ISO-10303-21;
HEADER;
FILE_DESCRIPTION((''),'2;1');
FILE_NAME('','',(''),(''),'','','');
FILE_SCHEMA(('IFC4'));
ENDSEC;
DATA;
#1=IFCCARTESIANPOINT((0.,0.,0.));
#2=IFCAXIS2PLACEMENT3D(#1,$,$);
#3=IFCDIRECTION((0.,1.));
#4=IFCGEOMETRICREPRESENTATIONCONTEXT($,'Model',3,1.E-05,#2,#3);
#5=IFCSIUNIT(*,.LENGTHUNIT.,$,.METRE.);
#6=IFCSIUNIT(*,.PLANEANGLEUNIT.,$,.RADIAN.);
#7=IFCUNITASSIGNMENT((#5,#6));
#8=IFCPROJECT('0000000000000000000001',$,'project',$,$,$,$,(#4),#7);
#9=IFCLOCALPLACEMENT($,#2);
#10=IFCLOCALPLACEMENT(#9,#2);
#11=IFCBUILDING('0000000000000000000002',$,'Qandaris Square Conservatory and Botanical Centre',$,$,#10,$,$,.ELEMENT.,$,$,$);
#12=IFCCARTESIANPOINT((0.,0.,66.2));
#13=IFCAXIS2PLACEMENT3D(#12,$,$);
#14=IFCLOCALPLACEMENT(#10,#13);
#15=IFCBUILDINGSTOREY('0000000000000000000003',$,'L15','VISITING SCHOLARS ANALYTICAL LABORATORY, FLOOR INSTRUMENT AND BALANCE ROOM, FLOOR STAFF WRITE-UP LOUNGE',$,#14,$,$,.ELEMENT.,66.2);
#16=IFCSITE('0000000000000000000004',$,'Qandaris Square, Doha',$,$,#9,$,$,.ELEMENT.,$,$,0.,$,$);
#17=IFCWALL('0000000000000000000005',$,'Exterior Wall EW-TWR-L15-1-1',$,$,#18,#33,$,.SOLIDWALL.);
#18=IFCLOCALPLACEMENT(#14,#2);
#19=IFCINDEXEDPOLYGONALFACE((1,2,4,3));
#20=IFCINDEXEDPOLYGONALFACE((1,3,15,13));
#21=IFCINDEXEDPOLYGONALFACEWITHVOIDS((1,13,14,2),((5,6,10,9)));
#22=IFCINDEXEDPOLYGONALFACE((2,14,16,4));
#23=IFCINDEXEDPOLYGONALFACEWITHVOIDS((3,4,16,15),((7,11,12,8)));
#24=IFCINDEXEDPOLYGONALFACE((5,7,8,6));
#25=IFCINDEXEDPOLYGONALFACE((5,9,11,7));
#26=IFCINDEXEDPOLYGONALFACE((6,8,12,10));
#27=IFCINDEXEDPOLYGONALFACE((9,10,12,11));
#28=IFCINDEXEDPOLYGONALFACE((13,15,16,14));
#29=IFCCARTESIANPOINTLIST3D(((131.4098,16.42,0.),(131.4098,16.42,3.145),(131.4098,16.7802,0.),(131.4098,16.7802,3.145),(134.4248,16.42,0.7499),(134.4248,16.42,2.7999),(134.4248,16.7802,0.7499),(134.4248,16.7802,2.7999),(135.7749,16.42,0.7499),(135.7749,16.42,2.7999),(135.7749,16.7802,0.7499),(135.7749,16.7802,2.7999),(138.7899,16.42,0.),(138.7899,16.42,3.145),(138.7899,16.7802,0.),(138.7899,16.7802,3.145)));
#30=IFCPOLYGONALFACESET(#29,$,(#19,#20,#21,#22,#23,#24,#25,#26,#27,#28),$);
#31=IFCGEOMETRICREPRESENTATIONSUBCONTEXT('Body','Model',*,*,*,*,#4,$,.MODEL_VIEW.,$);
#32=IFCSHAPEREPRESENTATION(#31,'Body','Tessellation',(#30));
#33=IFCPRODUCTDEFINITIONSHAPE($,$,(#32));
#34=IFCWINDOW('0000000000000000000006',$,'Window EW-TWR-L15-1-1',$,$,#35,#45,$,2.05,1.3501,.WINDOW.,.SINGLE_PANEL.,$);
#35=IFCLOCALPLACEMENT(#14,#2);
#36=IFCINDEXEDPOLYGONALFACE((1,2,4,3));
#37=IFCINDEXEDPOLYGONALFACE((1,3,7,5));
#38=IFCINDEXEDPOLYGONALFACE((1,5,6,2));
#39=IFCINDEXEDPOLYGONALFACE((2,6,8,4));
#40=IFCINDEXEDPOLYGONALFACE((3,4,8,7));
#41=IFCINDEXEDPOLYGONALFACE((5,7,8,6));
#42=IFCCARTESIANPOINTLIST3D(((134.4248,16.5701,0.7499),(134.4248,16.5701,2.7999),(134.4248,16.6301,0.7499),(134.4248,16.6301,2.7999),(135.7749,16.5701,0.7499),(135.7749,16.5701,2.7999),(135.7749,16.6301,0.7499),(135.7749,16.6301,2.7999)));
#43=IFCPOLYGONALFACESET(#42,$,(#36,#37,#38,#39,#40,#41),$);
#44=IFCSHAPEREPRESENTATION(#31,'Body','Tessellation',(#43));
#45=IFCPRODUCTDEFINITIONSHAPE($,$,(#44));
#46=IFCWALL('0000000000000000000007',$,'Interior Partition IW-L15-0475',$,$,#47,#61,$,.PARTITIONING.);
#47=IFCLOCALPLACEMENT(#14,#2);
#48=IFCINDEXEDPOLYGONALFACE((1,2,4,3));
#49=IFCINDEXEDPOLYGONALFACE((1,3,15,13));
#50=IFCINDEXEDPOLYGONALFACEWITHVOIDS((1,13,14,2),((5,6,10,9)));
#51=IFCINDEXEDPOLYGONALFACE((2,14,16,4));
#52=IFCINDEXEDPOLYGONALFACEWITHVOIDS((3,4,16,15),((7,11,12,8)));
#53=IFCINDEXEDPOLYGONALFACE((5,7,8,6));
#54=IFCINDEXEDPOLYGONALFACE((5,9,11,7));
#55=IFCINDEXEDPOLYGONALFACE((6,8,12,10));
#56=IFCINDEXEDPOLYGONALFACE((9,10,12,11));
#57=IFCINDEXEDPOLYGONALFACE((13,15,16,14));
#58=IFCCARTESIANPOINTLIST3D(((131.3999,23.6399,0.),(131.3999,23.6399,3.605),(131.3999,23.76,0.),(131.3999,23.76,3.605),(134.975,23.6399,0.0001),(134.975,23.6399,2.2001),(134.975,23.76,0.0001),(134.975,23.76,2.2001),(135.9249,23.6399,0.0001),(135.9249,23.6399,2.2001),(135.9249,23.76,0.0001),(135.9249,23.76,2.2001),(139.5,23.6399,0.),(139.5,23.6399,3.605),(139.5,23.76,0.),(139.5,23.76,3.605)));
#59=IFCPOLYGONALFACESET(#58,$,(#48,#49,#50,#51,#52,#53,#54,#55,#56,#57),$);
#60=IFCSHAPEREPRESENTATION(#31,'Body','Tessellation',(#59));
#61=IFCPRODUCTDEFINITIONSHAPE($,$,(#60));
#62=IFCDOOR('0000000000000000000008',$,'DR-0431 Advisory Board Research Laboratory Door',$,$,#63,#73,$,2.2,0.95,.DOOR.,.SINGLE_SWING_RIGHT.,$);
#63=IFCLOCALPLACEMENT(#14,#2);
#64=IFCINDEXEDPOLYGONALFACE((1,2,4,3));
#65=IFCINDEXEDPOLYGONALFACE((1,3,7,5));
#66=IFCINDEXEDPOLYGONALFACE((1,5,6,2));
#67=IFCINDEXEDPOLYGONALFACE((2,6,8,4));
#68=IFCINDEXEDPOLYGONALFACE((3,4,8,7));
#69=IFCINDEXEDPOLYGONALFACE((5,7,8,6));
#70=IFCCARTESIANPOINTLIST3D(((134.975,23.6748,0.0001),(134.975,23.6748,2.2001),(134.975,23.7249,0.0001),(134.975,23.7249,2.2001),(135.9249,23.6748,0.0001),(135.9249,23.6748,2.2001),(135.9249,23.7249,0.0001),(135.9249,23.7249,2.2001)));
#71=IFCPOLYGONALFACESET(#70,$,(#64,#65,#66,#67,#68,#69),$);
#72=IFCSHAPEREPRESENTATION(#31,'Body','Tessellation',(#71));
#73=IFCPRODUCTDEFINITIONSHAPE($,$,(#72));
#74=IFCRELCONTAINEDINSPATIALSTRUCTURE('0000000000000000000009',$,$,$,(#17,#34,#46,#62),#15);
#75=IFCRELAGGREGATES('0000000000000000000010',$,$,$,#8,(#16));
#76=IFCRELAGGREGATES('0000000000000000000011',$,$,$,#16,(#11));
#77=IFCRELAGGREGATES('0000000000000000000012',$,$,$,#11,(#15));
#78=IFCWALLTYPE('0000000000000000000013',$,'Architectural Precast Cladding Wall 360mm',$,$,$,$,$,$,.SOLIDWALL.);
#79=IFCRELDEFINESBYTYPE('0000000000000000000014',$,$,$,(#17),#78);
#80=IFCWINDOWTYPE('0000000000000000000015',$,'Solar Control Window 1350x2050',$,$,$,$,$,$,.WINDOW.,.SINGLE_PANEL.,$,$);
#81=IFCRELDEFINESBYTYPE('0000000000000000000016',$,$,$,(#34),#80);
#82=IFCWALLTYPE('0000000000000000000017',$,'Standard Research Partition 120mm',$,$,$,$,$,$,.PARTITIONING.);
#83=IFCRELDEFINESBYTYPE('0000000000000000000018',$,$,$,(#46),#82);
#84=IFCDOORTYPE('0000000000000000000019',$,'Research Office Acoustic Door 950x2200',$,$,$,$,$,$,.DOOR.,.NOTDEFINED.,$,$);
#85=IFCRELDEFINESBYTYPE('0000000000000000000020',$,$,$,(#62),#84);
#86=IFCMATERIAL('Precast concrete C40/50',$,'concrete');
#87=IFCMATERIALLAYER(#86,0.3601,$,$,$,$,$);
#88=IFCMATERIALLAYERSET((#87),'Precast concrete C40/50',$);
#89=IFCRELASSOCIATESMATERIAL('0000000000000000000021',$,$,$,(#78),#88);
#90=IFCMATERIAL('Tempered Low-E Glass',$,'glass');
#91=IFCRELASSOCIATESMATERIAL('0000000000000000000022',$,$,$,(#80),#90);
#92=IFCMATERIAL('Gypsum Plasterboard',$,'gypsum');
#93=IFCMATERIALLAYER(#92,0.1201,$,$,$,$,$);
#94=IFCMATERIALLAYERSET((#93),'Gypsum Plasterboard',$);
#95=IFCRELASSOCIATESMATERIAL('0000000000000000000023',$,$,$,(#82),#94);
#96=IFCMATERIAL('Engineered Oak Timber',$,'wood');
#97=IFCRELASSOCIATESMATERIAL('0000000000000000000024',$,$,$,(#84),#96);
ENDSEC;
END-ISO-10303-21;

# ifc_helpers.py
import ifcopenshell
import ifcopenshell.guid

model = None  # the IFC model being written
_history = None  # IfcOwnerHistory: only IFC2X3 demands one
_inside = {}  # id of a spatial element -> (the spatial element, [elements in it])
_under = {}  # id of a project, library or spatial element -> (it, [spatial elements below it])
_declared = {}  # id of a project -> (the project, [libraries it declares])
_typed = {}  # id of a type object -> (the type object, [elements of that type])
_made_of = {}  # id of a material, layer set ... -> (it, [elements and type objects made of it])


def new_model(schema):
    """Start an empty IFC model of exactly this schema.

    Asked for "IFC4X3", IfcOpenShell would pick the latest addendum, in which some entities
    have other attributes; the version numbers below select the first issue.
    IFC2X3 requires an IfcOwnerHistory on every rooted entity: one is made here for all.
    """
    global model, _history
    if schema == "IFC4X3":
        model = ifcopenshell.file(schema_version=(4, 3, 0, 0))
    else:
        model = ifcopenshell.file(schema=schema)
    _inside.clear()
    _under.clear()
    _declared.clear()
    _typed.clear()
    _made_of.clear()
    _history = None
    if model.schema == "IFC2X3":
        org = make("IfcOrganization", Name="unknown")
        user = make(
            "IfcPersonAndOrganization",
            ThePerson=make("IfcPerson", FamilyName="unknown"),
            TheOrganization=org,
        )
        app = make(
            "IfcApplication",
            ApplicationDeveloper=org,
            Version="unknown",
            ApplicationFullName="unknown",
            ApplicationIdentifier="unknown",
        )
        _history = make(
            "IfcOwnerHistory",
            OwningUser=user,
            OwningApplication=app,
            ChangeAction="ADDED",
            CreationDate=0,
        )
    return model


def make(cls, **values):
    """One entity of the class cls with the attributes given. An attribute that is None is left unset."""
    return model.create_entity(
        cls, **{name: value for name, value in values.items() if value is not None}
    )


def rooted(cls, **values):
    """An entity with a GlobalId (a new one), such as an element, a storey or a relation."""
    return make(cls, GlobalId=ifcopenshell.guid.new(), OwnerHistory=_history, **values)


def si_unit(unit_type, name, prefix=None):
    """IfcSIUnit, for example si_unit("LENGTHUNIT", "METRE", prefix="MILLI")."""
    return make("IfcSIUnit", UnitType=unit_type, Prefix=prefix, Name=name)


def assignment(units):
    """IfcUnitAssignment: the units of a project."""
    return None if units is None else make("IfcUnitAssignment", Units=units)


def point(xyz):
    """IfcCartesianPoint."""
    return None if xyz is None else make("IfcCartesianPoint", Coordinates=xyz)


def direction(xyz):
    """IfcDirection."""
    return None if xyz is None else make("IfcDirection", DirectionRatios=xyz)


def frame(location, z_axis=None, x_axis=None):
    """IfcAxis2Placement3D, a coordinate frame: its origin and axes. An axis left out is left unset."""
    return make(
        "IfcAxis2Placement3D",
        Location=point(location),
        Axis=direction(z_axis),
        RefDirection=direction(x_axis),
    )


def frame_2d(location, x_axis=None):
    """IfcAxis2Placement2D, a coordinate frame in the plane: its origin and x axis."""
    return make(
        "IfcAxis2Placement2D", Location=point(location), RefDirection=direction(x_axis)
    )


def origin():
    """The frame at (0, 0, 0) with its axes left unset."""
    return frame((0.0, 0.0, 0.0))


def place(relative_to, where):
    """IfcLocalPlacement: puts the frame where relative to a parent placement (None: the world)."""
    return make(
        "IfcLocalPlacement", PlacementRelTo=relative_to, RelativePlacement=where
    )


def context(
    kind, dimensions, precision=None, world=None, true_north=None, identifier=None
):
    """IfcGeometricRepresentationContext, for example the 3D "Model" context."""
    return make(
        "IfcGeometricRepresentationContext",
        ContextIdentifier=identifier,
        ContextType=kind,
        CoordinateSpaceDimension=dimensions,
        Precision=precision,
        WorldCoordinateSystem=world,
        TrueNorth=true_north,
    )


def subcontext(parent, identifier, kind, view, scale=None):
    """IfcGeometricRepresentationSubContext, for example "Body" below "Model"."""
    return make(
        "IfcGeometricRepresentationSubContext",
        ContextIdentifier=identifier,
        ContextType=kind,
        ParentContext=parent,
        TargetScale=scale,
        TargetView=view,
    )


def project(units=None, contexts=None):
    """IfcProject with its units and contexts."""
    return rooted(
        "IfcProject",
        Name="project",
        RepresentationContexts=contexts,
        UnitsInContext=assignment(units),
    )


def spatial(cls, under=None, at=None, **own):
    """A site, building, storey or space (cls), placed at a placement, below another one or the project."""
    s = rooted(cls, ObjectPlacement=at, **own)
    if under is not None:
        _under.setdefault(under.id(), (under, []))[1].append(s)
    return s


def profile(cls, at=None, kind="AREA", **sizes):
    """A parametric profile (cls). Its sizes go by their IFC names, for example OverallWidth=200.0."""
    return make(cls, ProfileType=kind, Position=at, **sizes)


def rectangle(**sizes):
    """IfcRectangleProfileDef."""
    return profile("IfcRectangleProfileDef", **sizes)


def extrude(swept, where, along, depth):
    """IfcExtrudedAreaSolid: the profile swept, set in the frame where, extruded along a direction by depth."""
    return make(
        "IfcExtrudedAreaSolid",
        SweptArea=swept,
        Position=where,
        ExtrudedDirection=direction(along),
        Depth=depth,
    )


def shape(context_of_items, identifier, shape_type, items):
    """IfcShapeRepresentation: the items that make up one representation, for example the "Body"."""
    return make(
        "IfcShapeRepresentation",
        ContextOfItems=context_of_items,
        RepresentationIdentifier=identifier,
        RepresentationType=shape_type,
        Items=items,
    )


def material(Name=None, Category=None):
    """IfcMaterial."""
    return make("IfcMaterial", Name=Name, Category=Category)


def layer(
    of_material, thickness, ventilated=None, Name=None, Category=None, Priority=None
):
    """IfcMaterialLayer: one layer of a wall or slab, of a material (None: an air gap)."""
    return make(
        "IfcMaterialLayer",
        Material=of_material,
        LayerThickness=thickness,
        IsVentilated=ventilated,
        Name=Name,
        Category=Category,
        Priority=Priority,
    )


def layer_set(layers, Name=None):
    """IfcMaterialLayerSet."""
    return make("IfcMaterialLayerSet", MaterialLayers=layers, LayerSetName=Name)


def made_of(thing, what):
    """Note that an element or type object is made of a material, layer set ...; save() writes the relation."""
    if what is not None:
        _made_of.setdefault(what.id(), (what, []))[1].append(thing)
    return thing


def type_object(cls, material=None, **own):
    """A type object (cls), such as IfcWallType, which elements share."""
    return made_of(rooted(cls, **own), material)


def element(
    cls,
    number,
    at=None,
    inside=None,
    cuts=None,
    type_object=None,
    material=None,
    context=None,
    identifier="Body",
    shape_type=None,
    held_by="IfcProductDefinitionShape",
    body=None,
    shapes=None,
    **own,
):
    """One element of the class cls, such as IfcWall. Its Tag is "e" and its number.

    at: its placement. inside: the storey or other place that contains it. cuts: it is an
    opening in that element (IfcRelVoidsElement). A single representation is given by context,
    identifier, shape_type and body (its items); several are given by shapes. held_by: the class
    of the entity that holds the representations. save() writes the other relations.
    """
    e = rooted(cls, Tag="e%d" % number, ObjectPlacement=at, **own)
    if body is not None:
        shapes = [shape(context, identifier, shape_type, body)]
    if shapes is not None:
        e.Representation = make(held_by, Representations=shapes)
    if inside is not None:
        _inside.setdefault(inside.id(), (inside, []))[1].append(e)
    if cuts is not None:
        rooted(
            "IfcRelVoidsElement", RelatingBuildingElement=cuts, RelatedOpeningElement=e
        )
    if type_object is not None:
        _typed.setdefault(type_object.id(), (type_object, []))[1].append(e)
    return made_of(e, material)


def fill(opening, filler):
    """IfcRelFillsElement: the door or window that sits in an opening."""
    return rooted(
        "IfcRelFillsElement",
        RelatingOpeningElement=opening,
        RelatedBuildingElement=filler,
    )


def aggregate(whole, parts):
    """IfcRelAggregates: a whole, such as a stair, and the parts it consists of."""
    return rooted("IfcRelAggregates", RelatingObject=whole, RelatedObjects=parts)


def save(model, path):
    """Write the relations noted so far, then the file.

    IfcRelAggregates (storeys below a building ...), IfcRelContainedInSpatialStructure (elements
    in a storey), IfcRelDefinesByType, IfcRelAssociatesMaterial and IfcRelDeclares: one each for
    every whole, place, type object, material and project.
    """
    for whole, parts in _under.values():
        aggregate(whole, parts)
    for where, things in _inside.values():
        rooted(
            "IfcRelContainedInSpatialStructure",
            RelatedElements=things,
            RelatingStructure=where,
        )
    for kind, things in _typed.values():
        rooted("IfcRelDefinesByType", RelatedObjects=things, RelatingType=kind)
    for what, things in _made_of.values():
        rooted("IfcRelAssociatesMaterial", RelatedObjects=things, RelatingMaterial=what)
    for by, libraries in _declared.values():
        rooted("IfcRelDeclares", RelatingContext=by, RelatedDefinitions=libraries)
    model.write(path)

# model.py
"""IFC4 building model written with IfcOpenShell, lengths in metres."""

from ifc_helpers import new_model, si_unit, direction, frame, frame_2d, origin, place, context, subcontext, project, spatial, rectangle, extrude, material, layer, layer_set, type_object, element, fill, save


model = new_model("IFC4")

# Units and contexts
model_context = context("Model", 3, precision=1e-05, world=origin(), true_north=direction((0.0, 1.0)))
body_context = subcontext(model_context, "Body", "Model", "MODEL_VIEW")
ifc_project = project(units=[si_unit("LENGTHUNIT", "METRE"), si_unit("PLANEANGLEUNIT", "RADIAN")], contexts=[model_context])

# Site, building, storey
site_placement = place(None, origin())
site = spatial("IfcSite", under=ifc_project, at=site_placement, Name="Qandaris Square, Doha", CompositionType="ELEMENT", RefElevation=0.0)
building_placement = place(site_placement, origin())
building = spatial("IfcBuilding", under=site, at=building_placement, Name="Qandaris Square Conservatory and Botanical Centre", CompositionType="ELEMENT")
storey_placement = place(building_placement, frame((0.0, 0.0, 66.2)))
storey = spatial("IfcBuildingStorey", under=building, at=storey_placement, Name="L15", Description="VISITING SCHOLARS ANALYTICAL LABORATORY, FLOOR INSTRUMENT AND BALANCE ROOM, FLOOR STAFF WRITE-UP LOUNGE", CompositionType="ELEMENT", Elevation=66.2)

# Shared definitions
ifc_material_1 = material(Name="Tempered Low-E Glass", Category="glass")

# Wall, opening, window
ifc_material_2 = material(Name="Precast concrete C40/50", Category="concrete")
ifc_layer_1 = layer(ifc_material_2, 0.3601)
ifc_layer_set_1 = layer_set([ifc_layer_1], Name="Precast concrete C40/50")
wall_type_1 = type_object("IfcWallType", Name="Architectural Precast Cladding Wall 360mm", PredefinedType="SOLIDWALL", material=ifc_layer_set_1)
wall_1_placement = place(storey_placement, frame((131.4099, 16.6001, 0.0), z_axis=(0.0, 0.0, 1.0), x_axis=(1.0, 0.0, 0.0)))
wall_1 = element("IfcWall", 1, at=wall_1_placement, inside=storey, type_object=wall_type_1, Name="Exterior Wall EW-TWR-L15-1-1", PredefinedType="SOLIDWALL", context=body_context, shape_type="SweptSolid", body=[
    extrude(rectangle(XDim=7.3801, YDim=0.3601, at=frame_2d((3.6899, 0.0))), origin(), (0.0, 0.0, 1.0), 3.145),
])
opening_1_placement = place(wall_1_placement, frame((3.0149, 0.0, 0.75)))
opening_1 = element("IfcOpeningElement", 2, at=opening_1_placement, cuts=wall_1, PredefinedType="OPENING", context=body_context, shape_type="SweptSolid", body=[
    extrude(rectangle(XDim=1.3501, YDim=2.05, at=frame_2d((0.675, 1.0249))), frame((0.0, 0.1919, 0.0), z_axis=(0.0, -1.0, 0.0), x_axis=(1.0, 0.0, 0.0)), (0.0, 0.0, 1.0), 0.384),
])
window_type = type_object("IfcWindowType", Name="Solar Control Window 1350x2050", PartitioningType="SINGLE_PANEL", PredefinedType="WINDOW", material=ifc_material_1)
window_placement = place(opening_1_placement, origin())
window = element("IfcWindow", 3, at=window_placement, inside=storey, type_object=window_type, Name="Window EW-TWR-L15-1-1", OverallHeight=2.05, OverallWidth=1.3501, PartitioningType="SINGLE_PANEL", PredefinedType="WINDOW", context=body_context, shape_type="SweptSolid", body=[
    extrude(rectangle(XDim=1.3501, YDim=2.05, at=frame_2d((0.675, 1.0249))), frame((0.0, 0.03, 0.0), z_axis=(0.0, -1.0, 0.0), x_axis=(1.0, 0.0, 0.0)), (0.0, 0.0, 1.0), 0.0601),
])
fill(opening_1, window)

# Wall, opening, door
ifc_material_3 = material(Name="Gypsum Plasterboard", Category="gypsum")
ifc_layer_2 = layer(ifc_material_3, 0.1201)
ifc_layer_set_2 = layer_set([ifc_layer_2], Name="Gypsum Plasterboard")
wall_type_2 = type_object("IfcWallType", Name="Standard Research Partition 120mm", PredefinedType="PARTITIONING", material=ifc_layer_set_2)
wall_2_placement = place(storey_placement, frame((131.3999, 23.7, 0.0), z_axis=(0.0, 0.0, 1.0), x_axis=(1.0, 0.0, 0.0)))
wall_2 = element("IfcWall", 4, at=wall_2_placement, inside=storey, type_object=wall_type_2, Name="Interior Partition IW-L15-0475", PredefinedType="PARTITIONING", context=body_context, shape_type="SweptSolid", body=[
    extrude(rectangle(XDim=8.1001, YDim=0.1201, at=frame_2d((4.05, 0.0))), origin(), (0.0, 0.0, 1.0), 3.605),
])
opening_2_placement = place(wall_2_placement, frame((3.575, 0.0, 0.0)))
opening_2 = element("IfcOpeningElement", 5, at=opening_2_placement, cuts=wall_2, PredefinedType="OPENING", context=body_context, shape_type="SweptSolid", body=[
    extrude(rectangle(XDim=0.95, YDim=2.2, at=frame_2d((0.4751, 1.1001))), frame((0.0, 0.072, 0.0), z_axis=(0.0, -1.0, 0.0), x_axis=(1.0, 0.0, 0.0)), (0.0, 0.0, 1.0), 0.144),
])
ifc_material_4 = material(Name="Engineered Oak Timber", Category="wood")
door_type = type_object("IfcDoorType", Name="Research Office Acoustic Door 950x2200", OperationType="NOTDEFINED", PredefinedType="DOOR", material=ifc_material_4)
door_placement = place(opening_2_placement, origin())
door = element("IfcDoor", 6, at=door_placement, inside=storey, type_object=door_type, Name="DR-0431 Advisory Board Research Laboratory Door", OperationType="SINGLE_SWING_RIGHT", OverallHeight=2.2, OverallWidth=0.95, PredefinedType="DOOR", context=body_context, shape_type="SweptSolid", body=[
    extrude(rectangle(XDim=0.95, YDim=2.2, at=frame_2d((0.4751, 1.1001))), frame((0.0, 0.0249, 0.0), z_axis=(0.0, -1.0, 0.0), x_axis=(1.0, 0.0, 0.0)), (0.0, 0.0, 1.0), 0.05),
])
fill(opening_2, door)

save(model, "model.ifc")
